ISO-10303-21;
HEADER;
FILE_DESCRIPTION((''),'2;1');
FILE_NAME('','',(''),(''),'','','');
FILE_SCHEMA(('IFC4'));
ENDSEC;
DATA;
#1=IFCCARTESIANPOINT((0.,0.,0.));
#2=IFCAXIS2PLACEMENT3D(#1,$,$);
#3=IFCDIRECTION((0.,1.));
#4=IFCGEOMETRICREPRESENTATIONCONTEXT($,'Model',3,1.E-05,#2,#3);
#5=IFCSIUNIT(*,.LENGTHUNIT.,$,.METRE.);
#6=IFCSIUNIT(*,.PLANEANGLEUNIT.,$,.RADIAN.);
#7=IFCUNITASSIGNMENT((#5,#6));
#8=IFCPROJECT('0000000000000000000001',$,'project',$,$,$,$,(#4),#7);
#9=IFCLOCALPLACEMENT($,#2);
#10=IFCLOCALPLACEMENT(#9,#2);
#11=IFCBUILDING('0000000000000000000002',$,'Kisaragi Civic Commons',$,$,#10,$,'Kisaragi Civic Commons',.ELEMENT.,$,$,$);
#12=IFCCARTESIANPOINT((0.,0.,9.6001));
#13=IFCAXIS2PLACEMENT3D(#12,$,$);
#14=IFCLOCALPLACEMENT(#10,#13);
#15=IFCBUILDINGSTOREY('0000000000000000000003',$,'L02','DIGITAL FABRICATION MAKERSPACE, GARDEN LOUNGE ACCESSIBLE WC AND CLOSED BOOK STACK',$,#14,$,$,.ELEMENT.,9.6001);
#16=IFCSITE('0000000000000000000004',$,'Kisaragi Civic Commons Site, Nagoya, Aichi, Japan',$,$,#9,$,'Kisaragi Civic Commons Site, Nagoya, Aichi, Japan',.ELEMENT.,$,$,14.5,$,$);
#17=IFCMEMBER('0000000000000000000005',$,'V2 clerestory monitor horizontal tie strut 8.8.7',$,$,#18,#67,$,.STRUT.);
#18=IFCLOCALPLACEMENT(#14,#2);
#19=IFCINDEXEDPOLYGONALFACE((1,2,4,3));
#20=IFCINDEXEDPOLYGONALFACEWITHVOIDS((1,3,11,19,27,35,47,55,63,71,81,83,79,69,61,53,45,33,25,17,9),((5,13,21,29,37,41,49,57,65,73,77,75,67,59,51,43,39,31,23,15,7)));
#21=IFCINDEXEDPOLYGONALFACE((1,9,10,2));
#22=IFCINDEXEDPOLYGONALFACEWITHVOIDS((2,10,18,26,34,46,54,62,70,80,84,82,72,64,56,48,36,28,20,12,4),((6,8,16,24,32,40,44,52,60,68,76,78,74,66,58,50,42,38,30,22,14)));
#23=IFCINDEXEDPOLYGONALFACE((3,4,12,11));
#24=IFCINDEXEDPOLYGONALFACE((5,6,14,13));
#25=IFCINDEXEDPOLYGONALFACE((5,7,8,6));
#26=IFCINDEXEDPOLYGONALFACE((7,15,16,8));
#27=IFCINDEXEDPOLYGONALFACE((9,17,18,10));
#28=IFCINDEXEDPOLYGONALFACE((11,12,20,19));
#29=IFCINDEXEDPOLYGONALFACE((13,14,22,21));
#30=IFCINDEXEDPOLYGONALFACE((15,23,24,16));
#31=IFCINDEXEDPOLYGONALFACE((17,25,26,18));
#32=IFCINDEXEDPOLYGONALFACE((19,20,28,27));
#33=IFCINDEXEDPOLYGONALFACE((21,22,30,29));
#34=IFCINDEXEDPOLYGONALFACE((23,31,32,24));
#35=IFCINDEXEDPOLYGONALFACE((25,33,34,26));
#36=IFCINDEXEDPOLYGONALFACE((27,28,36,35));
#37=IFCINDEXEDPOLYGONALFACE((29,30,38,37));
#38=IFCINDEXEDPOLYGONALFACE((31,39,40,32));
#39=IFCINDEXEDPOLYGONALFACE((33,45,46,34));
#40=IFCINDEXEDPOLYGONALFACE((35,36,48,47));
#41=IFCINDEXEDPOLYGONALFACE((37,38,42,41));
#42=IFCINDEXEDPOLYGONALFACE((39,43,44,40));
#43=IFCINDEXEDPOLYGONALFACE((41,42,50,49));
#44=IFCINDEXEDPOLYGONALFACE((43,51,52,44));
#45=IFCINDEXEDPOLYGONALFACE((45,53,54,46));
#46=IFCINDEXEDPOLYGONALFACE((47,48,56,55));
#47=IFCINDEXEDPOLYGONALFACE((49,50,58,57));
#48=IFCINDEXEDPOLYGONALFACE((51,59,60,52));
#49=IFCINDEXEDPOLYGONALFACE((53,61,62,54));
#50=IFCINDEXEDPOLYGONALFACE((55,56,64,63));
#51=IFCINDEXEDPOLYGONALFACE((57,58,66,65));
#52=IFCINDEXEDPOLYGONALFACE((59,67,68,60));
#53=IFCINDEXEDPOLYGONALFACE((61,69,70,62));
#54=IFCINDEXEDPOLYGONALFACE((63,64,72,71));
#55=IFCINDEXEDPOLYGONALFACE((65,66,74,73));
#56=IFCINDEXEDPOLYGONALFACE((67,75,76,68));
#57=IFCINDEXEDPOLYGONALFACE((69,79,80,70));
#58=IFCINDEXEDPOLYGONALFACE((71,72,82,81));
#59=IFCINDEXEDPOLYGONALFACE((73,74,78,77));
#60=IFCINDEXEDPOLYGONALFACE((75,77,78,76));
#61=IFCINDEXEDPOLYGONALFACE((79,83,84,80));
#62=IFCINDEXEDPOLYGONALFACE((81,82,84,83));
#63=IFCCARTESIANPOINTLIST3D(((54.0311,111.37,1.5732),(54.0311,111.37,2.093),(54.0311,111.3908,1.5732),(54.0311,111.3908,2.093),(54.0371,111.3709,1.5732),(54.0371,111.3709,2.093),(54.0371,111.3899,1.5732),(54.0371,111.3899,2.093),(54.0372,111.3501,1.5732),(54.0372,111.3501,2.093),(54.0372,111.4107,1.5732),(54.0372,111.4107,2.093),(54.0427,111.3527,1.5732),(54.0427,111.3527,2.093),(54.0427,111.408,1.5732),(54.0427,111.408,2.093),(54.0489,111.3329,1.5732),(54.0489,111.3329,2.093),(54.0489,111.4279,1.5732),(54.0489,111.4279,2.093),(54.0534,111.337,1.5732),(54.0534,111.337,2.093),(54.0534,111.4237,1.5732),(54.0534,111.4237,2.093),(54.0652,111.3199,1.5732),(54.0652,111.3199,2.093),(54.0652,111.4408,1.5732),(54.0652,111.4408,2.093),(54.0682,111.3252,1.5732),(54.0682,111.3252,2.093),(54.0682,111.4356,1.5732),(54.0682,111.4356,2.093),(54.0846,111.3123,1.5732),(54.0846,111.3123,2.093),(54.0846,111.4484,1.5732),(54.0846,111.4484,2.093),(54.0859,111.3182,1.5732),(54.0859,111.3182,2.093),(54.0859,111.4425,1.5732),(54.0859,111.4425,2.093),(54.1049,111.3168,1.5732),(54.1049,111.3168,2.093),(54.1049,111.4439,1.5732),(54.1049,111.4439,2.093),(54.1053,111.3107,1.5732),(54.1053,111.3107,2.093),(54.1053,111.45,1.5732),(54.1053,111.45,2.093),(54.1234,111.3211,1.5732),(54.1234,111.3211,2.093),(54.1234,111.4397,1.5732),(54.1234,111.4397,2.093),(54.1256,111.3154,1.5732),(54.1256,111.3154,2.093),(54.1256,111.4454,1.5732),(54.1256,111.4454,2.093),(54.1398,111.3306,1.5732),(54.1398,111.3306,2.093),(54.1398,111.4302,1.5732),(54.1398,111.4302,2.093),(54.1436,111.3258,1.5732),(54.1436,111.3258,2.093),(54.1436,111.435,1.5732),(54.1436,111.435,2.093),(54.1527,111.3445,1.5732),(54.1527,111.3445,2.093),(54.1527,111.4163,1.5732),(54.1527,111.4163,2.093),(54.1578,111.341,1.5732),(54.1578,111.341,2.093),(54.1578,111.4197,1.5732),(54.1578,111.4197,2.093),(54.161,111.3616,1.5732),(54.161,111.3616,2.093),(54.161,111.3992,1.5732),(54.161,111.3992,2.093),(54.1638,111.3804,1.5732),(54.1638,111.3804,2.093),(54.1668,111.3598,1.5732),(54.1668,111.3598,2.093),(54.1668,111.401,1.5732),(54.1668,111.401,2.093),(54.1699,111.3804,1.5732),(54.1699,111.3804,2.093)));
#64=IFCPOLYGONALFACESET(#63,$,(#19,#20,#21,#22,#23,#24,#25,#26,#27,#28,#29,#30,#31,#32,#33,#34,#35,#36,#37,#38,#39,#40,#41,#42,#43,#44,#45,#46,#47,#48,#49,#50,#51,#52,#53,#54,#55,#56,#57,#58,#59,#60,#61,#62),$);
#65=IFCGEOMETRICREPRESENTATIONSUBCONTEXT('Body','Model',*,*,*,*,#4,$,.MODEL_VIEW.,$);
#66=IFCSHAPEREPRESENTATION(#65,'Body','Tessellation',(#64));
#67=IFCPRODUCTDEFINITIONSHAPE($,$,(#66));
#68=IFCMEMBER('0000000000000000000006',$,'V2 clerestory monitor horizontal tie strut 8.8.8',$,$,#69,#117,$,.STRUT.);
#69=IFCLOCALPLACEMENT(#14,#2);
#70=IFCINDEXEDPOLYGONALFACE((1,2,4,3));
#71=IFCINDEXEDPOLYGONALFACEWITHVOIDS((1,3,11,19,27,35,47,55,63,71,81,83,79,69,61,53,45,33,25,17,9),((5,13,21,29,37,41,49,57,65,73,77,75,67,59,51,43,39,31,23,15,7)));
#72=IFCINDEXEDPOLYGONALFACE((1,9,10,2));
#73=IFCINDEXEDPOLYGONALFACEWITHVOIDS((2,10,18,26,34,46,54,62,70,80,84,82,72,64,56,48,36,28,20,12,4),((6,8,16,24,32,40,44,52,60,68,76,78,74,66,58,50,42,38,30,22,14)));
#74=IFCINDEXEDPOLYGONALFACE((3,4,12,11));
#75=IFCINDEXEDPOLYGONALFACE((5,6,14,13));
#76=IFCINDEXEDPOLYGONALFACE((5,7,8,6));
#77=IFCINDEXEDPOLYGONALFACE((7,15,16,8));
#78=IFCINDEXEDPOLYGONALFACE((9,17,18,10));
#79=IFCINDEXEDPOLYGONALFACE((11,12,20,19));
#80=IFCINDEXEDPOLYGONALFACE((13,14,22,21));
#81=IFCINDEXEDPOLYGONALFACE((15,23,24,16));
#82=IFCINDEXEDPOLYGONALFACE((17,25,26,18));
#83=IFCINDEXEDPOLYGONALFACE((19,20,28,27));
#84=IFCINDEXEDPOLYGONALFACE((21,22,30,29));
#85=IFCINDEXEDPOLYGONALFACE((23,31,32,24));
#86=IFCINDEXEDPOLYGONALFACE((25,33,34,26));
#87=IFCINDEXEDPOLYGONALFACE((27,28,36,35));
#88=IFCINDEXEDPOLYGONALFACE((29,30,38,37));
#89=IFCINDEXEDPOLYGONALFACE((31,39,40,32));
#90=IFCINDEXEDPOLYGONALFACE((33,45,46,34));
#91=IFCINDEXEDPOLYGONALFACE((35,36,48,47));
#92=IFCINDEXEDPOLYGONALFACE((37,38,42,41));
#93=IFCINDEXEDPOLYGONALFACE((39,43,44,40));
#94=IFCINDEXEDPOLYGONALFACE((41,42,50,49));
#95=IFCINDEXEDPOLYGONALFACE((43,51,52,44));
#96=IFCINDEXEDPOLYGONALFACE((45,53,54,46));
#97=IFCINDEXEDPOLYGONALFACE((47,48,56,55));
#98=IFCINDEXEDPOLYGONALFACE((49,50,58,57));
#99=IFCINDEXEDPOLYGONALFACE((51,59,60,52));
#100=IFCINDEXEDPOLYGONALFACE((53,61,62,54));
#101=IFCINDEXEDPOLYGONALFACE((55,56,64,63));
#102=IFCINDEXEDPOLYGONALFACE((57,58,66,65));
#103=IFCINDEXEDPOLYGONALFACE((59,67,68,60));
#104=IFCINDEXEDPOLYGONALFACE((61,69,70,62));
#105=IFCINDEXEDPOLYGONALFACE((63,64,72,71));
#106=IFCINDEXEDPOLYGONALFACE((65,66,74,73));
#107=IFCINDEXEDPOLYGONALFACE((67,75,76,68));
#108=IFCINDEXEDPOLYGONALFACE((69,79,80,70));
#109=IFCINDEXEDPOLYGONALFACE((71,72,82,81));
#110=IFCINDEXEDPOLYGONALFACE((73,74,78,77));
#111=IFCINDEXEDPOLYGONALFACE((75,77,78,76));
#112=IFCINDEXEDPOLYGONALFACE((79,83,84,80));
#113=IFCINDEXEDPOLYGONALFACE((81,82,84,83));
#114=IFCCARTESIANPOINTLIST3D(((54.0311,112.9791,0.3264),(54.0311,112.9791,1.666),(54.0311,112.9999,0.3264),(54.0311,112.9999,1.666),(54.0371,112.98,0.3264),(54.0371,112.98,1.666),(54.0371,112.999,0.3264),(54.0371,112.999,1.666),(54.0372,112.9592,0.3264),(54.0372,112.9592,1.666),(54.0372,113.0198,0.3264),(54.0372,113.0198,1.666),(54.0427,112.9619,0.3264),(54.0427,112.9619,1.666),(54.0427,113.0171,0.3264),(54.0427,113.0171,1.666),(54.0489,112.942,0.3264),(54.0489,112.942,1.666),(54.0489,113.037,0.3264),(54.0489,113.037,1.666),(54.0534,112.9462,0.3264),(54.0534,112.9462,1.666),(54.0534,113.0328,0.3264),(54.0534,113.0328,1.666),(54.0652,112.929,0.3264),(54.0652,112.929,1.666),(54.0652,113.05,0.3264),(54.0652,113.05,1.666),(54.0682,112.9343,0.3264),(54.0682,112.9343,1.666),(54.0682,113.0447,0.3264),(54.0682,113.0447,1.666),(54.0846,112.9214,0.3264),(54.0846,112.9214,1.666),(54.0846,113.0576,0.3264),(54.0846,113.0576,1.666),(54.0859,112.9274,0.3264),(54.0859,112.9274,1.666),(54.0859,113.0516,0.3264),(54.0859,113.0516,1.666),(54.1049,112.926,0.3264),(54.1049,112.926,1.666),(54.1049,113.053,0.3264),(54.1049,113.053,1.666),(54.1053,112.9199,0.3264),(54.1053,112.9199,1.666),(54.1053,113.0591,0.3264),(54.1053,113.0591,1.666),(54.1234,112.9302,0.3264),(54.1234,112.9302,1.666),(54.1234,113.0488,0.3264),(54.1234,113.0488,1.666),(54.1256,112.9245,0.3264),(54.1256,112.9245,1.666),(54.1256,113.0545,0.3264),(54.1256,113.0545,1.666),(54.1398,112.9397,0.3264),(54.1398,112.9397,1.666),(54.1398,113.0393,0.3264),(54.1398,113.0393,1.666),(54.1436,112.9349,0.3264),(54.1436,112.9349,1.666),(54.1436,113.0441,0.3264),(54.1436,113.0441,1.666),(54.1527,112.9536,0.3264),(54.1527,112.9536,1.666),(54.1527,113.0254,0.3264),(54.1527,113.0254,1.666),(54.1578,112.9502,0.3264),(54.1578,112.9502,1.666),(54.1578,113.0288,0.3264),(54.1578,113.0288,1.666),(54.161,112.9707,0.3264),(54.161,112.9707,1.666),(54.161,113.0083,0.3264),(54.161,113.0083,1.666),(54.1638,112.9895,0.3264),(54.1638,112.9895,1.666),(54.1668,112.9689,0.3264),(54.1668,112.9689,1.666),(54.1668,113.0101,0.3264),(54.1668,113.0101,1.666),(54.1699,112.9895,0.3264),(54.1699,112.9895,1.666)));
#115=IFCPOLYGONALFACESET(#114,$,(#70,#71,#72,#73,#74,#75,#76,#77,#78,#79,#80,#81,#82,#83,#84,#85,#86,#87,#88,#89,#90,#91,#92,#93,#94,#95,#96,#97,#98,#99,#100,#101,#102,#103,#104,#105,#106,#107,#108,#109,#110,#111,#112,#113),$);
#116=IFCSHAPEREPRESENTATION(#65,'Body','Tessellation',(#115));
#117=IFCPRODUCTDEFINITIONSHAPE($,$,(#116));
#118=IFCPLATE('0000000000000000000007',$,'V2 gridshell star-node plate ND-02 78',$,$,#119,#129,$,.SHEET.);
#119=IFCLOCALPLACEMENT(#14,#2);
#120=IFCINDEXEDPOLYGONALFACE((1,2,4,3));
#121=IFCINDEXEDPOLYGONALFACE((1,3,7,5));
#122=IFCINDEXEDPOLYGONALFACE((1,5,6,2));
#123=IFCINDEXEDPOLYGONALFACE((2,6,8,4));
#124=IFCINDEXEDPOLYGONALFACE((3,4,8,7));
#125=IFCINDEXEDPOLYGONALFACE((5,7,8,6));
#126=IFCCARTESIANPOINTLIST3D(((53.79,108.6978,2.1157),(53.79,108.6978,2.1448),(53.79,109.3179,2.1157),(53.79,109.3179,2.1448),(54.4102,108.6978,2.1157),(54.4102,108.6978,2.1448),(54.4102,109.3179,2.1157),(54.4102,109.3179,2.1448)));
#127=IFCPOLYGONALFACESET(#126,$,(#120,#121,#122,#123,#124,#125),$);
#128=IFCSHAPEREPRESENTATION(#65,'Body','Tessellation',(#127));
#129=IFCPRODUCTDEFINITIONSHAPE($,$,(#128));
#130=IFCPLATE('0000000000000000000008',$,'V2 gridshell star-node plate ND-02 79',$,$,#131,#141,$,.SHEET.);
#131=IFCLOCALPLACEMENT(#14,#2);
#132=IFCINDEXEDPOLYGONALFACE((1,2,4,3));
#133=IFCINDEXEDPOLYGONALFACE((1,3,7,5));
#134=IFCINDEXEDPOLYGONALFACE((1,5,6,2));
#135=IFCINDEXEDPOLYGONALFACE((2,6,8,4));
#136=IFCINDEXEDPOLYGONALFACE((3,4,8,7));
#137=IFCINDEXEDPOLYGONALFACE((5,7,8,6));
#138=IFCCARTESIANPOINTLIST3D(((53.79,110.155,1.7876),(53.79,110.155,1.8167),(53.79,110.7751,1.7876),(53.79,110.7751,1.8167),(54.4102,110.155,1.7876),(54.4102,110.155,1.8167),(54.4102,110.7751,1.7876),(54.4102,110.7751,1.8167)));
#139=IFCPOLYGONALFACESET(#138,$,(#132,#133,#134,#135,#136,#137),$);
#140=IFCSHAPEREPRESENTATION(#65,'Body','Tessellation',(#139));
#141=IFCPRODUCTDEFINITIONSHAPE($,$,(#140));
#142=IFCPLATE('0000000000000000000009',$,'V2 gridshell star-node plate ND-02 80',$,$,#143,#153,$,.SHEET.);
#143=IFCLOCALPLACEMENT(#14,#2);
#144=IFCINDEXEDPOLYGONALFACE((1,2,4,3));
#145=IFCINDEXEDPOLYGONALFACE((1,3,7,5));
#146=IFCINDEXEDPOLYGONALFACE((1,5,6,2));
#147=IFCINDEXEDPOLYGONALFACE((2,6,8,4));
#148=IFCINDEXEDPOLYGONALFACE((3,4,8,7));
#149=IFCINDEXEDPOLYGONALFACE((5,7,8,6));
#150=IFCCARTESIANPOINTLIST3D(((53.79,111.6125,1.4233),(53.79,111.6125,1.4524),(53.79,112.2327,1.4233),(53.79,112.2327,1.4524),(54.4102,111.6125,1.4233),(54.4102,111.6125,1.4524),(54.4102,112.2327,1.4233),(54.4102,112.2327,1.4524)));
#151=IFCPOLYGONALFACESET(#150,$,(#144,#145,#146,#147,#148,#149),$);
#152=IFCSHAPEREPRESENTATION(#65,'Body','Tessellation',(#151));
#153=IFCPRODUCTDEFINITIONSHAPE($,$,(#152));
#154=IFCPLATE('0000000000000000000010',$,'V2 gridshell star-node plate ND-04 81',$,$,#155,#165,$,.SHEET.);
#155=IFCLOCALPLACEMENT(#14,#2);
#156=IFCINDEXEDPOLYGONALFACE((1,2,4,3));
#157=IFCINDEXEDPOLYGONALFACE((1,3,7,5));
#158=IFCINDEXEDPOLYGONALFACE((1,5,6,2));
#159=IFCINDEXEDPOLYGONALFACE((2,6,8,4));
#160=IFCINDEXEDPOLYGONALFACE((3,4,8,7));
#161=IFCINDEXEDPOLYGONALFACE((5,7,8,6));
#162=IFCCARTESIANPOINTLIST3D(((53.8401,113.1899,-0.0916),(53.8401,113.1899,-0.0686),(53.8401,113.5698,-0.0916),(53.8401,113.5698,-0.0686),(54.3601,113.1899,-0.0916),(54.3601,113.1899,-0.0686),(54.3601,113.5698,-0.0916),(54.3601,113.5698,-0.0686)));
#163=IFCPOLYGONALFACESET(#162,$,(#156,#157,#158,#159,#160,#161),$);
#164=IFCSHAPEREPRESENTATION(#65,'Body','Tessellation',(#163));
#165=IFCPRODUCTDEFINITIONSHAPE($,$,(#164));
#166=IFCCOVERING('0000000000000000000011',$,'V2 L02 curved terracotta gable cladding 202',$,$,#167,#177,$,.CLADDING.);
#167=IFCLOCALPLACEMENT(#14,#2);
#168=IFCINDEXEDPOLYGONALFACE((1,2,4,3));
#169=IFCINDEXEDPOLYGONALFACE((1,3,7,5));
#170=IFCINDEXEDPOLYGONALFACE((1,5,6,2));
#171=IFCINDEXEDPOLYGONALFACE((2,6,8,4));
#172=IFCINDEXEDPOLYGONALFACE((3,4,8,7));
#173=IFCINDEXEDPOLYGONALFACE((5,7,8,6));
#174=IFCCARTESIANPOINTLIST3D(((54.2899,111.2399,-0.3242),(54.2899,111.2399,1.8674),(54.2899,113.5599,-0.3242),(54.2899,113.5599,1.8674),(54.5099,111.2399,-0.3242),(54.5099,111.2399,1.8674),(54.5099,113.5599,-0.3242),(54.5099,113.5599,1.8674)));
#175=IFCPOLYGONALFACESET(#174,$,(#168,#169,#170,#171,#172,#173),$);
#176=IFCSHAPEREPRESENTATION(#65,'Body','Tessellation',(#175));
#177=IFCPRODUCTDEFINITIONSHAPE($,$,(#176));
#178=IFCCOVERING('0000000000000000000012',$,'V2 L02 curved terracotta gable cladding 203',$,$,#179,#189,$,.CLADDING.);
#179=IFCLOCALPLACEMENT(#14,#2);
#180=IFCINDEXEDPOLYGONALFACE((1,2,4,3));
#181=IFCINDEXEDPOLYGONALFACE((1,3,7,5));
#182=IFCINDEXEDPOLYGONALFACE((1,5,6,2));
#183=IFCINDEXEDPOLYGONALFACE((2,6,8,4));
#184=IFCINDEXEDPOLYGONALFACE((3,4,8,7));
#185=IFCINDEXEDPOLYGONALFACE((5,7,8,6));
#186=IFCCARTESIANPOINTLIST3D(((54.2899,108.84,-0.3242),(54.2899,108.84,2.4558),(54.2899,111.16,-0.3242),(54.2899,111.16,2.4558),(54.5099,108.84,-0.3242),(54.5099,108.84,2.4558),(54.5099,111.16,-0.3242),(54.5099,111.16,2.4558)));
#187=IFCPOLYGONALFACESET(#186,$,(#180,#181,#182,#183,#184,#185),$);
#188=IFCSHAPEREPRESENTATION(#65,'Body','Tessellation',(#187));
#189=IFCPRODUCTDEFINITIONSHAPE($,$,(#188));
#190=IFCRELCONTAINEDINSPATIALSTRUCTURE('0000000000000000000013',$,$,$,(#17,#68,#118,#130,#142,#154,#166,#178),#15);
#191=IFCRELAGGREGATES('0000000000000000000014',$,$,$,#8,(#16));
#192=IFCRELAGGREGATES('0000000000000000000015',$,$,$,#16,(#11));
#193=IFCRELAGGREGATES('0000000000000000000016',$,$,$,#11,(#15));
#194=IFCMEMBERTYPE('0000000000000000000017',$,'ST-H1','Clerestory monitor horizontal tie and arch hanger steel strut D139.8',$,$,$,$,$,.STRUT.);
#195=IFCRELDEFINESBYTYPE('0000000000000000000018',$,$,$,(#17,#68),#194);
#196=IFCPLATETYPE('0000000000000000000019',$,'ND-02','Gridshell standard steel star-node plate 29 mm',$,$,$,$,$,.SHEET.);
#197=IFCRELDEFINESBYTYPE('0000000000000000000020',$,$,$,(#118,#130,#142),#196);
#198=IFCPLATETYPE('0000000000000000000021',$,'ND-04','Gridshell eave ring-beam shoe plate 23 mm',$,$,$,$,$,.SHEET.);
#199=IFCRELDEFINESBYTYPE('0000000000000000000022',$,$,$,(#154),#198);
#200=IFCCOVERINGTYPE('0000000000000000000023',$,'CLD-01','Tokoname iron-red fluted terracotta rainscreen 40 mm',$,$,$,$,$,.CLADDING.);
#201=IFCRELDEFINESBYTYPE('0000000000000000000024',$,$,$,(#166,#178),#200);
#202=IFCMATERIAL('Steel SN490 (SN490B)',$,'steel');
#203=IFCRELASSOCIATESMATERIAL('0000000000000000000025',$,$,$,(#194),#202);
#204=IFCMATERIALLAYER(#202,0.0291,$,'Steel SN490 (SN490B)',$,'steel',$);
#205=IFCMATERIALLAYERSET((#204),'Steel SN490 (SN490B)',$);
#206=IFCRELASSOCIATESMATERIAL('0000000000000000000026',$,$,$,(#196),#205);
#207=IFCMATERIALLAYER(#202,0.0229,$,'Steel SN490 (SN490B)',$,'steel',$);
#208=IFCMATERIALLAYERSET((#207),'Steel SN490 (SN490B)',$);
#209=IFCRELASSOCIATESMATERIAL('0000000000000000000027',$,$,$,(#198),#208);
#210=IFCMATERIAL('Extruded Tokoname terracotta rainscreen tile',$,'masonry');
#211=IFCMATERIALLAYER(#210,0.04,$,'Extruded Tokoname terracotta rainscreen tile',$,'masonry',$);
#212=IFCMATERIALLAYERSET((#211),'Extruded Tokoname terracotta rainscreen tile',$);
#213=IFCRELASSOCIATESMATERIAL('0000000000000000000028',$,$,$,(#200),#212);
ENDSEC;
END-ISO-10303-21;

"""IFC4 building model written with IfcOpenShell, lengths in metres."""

from ifc_helpers import new_model, si_unit, direction, frame, origin, origin_2d, place, context, subcontext, project, spatial, rectangle, hollow_circle, extrude, material, layer, layer_set, material_profile, profile_set, type_object, element, save


model = new_model("IFC4")

# Units and contexts
model_context = context("Model", 3, precision=1e-05, world=origin(), true_north=direction((0.0, 1.0)))
body_context = subcontext(model_context, "Body", "Model", "MODEL_VIEW")
ifc_project = project(units=[si_unit("LENGTHUNIT", "METRE"), si_unit("PLANEANGLEUNIT", "RADIAN")], contexts=[model_context])

# Site, building, storey
site_placement = place(None, origin())
site = spatial("IfcSite", under=ifc_project, at=site_placement, Name="Kisaragi Civic Commons Site, Nagoya, Aichi, Japan", LongName="Kisaragi Civic Commons Site, Nagoya, Aichi, Japan", CompositionType="ELEMENT", RefElevation=14.5)
building_placement = place(site_placement, origin())
building = spatial("IfcBuilding", under=site, at=building_placement, Name="Kisaragi Civic Commons", LongName="Kisaragi Civic Commons", CompositionType="ELEMENT")
storey_placement = place(building_placement, frame((0.0, 0.0, 9.6001)))
storey = spatial("IfcBuildingStorey", under=building, at=storey_placement, Name="L02", Description="DIGITAL FABRICATION MAKERSPACE, GARDEN LOUNGE ACCESSIBLE WC AND CLOSED BOOK STACK", CompositionType="ELEMENT", Elevation=9.6001)

# Shared definitions
ifc_material_1 = material(Name="Steel SN490 (SN490B)", Category="steel")

# Members
ifc_material_profile_1 = material_profile(ifc_material_1, hollow_circle(Radius=0.0698, WallThickness=0.0061, at=origin_2d()), Name="CHS-139.8x6.0", Category="steel")
ifc_profile_set_1 = profile_set([ifc_material_profile_1], Name="Steel SN490 (SN490B)")
member_type_1 = type_object("IfcMemberType", Name="ST-H1", Description="Clerestory monitor horizontal tie and arch hanger steel strut D139.8", PredefinedType="STRUT", material=ifc_profile_set_1)
member_1_placement = place(storey_placement, frame((54.1001, 111.3804, 1.5732), z_axis=(0.0, 0.0, 1.0), x_axis=(1.0, 0.0, 0.0)))
element("IfcMember", 1, at=member_1_placement, inside=storey, type_object=member_type_1, Name="V2 clerestory monitor horizontal tie strut 8.8.7", PredefinedType="STRUT", context=body_context, shape_type="SweptSolid", body=[
    extrude(hollow_circle(Radius=0.0698, WallThickness=0.0061, at=origin_2d()), origin(), (0.0, 0.0, 1.0), 0.5198),
])
member_2_placement = place(storey_placement, frame((54.1001, 112.9895, 0.3264), z_axis=(0.0, 0.0, 1.0), x_axis=(1.0, 0.0, 0.0)))
element("IfcMember", 2, at=member_2_placement, inside=storey, type_object=member_type_1, Name="V2 clerestory monitor horizontal tie strut 8.8.8", PredefinedType="STRUT", context=body_context, shape_type="SweptSolid", body=[
    extrude(hollow_circle(Radius=0.0698, WallThickness=0.0061, at=origin_2d()), origin(), (0.0, 0.0, 1.0), 1.3396),
])

# Plates
ifc_layer_1 = layer(ifc_material_1, 0.0291, Name="Steel SN490 (SN490B)", Category="steel")
ifc_layer_set_1 = layer_set([ifc_layer_1], Name="Steel SN490 (SN490B)")
plate_type_1 = type_object("IfcPlateType", Name="ND-02", Description="Gridshell standard steel star-node plate 29 mm", PredefinedType="SHEET", material=ifc_layer_set_1)
for number, where, z_axis, x_axis, name in (
    (3, (54.1001, 109.0078, 2.1157), (0.0, 0.0, 1.0), (1.0, 0.0, 0.0), "V2 gridshell star-node plate ND-02 78"),
    (4, (54.1001, 110.4651, 1.7876), (0.0, 0.0, 1.0), (1.0, 0.0, 0.0), "V2 gridshell star-node plate ND-02 79"),
    (5, (54.1001, 111.9226, 1.4233), (0.0, 0.0, 1.0), (1.0, 0.0, 0.0), "V2 gridshell star-node plate ND-02 80"),
):
    element("IfcPlate", number, at=place(storey_placement, frame(where, z_axis=z_axis, x_axis=x_axis)), inside=storey, type_object=plate_type_1, Name=name, PredefinedType="SHEET", context=body_context, shape_type="SweptSolid", body=[
        extrude(rectangle(XDim=0.6201, YDim=0.6201, at=origin_2d()), origin(), (0.0, 0.0, 1.0), 0.0291),
    ])
ifc_layer_2 = layer(ifc_material_1, 0.0229, Name="Steel SN490 (SN490B)", Category="steel")
ifc_layer_set_2 = layer_set([ifc_layer_2], Name="Steel SN490 (SN490B)")
plate_type_2 = type_object("IfcPlateType", Name="ND-04", Description="Gridshell eave ring-beam shoe plate 23 mm", PredefinedType="SHEET", material=ifc_layer_set_2)
plate_placement = place(storey_placement, frame((54.1001, 113.3799, -0.0916), z_axis=(0.0, 0.0, 1.0), x_axis=(1.0, 0.0, 0.0)))
element("IfcPlate", 6, at=plate_placement, inside=storey, type_object=plate_type_2, Name="V2 gridshell star-node plate ND-04 81", PredefinedType="SHEET", context=body_context, shape_type="SweptSolid", body=[
    extrude(rectangle(XDim=0.52, YDim=0.3799, at=origin_2d()), origin(), (0.0, 0.0, 1.0), 0.0229),
])

# Coverings
ifc_material_2 = material(Name="Extruded Tokoname terracotta rainscreen tile", Category="masonry")
ifc_layer_3 = layer(ifc_material_2, 0.04, Name="Extruded Tokoname terracotta rainscreen tile", Category="masonry")
ifc_layer_set_3 = layer_set([ifc_layer_3], Name="Extruded Tokoname terracotta rainscreen tile")
covering_type = type_object("IfcCoveringType", Name="CLD-01", Description="Tokoname iron-red fluted terracotta rainscreen 40 mm", PredefinedType="CLADDING", material=ifc_layer_set_3)
covering_1_placement = place(storey_placement, frame((54.3999, 112.3999, -0.3242), z_axis=(0.0, 0.0, 1.0), x_axis=(0.0, -1.0, 0.0)))
element("IfcCovering", 7, at=covering_1_placement, inside=storey, type_object=covering_type, Name="V2 L02 curved terracotta gable cladding 202", PredefinedType="CLADDING", context=body_context, shape_type="SweptSolid", body=[
    extrude(rectangle(XDim=2.3201, YDim=0.22, at=origin_2d()), origin(), (0.0, 0.0, 1.0), 2.1917),
])
covering_2_placement = place(storey_placement, frame((54.3999, 110.0, -0.3242), z_axis=(0.0, 0.0, 1.0), x_axis=(0.0, -1.0, 0.0)))
element("IfcCovering", 8, at=covering_2_placement, inside=storey, type_object=covering_type, Name="V2 L02 curved terracotta gable cladding 203", PredefinedType="CLADDING", context=body_context, shape_type="SweptSolid", body=[
    extrude(rectangle(XDim=2.3201, YDim=0.22, at=origin_2d()), origin(), (0.0, 0.0, 1.0), 2.78),
])

save(model, "model.ifc")
